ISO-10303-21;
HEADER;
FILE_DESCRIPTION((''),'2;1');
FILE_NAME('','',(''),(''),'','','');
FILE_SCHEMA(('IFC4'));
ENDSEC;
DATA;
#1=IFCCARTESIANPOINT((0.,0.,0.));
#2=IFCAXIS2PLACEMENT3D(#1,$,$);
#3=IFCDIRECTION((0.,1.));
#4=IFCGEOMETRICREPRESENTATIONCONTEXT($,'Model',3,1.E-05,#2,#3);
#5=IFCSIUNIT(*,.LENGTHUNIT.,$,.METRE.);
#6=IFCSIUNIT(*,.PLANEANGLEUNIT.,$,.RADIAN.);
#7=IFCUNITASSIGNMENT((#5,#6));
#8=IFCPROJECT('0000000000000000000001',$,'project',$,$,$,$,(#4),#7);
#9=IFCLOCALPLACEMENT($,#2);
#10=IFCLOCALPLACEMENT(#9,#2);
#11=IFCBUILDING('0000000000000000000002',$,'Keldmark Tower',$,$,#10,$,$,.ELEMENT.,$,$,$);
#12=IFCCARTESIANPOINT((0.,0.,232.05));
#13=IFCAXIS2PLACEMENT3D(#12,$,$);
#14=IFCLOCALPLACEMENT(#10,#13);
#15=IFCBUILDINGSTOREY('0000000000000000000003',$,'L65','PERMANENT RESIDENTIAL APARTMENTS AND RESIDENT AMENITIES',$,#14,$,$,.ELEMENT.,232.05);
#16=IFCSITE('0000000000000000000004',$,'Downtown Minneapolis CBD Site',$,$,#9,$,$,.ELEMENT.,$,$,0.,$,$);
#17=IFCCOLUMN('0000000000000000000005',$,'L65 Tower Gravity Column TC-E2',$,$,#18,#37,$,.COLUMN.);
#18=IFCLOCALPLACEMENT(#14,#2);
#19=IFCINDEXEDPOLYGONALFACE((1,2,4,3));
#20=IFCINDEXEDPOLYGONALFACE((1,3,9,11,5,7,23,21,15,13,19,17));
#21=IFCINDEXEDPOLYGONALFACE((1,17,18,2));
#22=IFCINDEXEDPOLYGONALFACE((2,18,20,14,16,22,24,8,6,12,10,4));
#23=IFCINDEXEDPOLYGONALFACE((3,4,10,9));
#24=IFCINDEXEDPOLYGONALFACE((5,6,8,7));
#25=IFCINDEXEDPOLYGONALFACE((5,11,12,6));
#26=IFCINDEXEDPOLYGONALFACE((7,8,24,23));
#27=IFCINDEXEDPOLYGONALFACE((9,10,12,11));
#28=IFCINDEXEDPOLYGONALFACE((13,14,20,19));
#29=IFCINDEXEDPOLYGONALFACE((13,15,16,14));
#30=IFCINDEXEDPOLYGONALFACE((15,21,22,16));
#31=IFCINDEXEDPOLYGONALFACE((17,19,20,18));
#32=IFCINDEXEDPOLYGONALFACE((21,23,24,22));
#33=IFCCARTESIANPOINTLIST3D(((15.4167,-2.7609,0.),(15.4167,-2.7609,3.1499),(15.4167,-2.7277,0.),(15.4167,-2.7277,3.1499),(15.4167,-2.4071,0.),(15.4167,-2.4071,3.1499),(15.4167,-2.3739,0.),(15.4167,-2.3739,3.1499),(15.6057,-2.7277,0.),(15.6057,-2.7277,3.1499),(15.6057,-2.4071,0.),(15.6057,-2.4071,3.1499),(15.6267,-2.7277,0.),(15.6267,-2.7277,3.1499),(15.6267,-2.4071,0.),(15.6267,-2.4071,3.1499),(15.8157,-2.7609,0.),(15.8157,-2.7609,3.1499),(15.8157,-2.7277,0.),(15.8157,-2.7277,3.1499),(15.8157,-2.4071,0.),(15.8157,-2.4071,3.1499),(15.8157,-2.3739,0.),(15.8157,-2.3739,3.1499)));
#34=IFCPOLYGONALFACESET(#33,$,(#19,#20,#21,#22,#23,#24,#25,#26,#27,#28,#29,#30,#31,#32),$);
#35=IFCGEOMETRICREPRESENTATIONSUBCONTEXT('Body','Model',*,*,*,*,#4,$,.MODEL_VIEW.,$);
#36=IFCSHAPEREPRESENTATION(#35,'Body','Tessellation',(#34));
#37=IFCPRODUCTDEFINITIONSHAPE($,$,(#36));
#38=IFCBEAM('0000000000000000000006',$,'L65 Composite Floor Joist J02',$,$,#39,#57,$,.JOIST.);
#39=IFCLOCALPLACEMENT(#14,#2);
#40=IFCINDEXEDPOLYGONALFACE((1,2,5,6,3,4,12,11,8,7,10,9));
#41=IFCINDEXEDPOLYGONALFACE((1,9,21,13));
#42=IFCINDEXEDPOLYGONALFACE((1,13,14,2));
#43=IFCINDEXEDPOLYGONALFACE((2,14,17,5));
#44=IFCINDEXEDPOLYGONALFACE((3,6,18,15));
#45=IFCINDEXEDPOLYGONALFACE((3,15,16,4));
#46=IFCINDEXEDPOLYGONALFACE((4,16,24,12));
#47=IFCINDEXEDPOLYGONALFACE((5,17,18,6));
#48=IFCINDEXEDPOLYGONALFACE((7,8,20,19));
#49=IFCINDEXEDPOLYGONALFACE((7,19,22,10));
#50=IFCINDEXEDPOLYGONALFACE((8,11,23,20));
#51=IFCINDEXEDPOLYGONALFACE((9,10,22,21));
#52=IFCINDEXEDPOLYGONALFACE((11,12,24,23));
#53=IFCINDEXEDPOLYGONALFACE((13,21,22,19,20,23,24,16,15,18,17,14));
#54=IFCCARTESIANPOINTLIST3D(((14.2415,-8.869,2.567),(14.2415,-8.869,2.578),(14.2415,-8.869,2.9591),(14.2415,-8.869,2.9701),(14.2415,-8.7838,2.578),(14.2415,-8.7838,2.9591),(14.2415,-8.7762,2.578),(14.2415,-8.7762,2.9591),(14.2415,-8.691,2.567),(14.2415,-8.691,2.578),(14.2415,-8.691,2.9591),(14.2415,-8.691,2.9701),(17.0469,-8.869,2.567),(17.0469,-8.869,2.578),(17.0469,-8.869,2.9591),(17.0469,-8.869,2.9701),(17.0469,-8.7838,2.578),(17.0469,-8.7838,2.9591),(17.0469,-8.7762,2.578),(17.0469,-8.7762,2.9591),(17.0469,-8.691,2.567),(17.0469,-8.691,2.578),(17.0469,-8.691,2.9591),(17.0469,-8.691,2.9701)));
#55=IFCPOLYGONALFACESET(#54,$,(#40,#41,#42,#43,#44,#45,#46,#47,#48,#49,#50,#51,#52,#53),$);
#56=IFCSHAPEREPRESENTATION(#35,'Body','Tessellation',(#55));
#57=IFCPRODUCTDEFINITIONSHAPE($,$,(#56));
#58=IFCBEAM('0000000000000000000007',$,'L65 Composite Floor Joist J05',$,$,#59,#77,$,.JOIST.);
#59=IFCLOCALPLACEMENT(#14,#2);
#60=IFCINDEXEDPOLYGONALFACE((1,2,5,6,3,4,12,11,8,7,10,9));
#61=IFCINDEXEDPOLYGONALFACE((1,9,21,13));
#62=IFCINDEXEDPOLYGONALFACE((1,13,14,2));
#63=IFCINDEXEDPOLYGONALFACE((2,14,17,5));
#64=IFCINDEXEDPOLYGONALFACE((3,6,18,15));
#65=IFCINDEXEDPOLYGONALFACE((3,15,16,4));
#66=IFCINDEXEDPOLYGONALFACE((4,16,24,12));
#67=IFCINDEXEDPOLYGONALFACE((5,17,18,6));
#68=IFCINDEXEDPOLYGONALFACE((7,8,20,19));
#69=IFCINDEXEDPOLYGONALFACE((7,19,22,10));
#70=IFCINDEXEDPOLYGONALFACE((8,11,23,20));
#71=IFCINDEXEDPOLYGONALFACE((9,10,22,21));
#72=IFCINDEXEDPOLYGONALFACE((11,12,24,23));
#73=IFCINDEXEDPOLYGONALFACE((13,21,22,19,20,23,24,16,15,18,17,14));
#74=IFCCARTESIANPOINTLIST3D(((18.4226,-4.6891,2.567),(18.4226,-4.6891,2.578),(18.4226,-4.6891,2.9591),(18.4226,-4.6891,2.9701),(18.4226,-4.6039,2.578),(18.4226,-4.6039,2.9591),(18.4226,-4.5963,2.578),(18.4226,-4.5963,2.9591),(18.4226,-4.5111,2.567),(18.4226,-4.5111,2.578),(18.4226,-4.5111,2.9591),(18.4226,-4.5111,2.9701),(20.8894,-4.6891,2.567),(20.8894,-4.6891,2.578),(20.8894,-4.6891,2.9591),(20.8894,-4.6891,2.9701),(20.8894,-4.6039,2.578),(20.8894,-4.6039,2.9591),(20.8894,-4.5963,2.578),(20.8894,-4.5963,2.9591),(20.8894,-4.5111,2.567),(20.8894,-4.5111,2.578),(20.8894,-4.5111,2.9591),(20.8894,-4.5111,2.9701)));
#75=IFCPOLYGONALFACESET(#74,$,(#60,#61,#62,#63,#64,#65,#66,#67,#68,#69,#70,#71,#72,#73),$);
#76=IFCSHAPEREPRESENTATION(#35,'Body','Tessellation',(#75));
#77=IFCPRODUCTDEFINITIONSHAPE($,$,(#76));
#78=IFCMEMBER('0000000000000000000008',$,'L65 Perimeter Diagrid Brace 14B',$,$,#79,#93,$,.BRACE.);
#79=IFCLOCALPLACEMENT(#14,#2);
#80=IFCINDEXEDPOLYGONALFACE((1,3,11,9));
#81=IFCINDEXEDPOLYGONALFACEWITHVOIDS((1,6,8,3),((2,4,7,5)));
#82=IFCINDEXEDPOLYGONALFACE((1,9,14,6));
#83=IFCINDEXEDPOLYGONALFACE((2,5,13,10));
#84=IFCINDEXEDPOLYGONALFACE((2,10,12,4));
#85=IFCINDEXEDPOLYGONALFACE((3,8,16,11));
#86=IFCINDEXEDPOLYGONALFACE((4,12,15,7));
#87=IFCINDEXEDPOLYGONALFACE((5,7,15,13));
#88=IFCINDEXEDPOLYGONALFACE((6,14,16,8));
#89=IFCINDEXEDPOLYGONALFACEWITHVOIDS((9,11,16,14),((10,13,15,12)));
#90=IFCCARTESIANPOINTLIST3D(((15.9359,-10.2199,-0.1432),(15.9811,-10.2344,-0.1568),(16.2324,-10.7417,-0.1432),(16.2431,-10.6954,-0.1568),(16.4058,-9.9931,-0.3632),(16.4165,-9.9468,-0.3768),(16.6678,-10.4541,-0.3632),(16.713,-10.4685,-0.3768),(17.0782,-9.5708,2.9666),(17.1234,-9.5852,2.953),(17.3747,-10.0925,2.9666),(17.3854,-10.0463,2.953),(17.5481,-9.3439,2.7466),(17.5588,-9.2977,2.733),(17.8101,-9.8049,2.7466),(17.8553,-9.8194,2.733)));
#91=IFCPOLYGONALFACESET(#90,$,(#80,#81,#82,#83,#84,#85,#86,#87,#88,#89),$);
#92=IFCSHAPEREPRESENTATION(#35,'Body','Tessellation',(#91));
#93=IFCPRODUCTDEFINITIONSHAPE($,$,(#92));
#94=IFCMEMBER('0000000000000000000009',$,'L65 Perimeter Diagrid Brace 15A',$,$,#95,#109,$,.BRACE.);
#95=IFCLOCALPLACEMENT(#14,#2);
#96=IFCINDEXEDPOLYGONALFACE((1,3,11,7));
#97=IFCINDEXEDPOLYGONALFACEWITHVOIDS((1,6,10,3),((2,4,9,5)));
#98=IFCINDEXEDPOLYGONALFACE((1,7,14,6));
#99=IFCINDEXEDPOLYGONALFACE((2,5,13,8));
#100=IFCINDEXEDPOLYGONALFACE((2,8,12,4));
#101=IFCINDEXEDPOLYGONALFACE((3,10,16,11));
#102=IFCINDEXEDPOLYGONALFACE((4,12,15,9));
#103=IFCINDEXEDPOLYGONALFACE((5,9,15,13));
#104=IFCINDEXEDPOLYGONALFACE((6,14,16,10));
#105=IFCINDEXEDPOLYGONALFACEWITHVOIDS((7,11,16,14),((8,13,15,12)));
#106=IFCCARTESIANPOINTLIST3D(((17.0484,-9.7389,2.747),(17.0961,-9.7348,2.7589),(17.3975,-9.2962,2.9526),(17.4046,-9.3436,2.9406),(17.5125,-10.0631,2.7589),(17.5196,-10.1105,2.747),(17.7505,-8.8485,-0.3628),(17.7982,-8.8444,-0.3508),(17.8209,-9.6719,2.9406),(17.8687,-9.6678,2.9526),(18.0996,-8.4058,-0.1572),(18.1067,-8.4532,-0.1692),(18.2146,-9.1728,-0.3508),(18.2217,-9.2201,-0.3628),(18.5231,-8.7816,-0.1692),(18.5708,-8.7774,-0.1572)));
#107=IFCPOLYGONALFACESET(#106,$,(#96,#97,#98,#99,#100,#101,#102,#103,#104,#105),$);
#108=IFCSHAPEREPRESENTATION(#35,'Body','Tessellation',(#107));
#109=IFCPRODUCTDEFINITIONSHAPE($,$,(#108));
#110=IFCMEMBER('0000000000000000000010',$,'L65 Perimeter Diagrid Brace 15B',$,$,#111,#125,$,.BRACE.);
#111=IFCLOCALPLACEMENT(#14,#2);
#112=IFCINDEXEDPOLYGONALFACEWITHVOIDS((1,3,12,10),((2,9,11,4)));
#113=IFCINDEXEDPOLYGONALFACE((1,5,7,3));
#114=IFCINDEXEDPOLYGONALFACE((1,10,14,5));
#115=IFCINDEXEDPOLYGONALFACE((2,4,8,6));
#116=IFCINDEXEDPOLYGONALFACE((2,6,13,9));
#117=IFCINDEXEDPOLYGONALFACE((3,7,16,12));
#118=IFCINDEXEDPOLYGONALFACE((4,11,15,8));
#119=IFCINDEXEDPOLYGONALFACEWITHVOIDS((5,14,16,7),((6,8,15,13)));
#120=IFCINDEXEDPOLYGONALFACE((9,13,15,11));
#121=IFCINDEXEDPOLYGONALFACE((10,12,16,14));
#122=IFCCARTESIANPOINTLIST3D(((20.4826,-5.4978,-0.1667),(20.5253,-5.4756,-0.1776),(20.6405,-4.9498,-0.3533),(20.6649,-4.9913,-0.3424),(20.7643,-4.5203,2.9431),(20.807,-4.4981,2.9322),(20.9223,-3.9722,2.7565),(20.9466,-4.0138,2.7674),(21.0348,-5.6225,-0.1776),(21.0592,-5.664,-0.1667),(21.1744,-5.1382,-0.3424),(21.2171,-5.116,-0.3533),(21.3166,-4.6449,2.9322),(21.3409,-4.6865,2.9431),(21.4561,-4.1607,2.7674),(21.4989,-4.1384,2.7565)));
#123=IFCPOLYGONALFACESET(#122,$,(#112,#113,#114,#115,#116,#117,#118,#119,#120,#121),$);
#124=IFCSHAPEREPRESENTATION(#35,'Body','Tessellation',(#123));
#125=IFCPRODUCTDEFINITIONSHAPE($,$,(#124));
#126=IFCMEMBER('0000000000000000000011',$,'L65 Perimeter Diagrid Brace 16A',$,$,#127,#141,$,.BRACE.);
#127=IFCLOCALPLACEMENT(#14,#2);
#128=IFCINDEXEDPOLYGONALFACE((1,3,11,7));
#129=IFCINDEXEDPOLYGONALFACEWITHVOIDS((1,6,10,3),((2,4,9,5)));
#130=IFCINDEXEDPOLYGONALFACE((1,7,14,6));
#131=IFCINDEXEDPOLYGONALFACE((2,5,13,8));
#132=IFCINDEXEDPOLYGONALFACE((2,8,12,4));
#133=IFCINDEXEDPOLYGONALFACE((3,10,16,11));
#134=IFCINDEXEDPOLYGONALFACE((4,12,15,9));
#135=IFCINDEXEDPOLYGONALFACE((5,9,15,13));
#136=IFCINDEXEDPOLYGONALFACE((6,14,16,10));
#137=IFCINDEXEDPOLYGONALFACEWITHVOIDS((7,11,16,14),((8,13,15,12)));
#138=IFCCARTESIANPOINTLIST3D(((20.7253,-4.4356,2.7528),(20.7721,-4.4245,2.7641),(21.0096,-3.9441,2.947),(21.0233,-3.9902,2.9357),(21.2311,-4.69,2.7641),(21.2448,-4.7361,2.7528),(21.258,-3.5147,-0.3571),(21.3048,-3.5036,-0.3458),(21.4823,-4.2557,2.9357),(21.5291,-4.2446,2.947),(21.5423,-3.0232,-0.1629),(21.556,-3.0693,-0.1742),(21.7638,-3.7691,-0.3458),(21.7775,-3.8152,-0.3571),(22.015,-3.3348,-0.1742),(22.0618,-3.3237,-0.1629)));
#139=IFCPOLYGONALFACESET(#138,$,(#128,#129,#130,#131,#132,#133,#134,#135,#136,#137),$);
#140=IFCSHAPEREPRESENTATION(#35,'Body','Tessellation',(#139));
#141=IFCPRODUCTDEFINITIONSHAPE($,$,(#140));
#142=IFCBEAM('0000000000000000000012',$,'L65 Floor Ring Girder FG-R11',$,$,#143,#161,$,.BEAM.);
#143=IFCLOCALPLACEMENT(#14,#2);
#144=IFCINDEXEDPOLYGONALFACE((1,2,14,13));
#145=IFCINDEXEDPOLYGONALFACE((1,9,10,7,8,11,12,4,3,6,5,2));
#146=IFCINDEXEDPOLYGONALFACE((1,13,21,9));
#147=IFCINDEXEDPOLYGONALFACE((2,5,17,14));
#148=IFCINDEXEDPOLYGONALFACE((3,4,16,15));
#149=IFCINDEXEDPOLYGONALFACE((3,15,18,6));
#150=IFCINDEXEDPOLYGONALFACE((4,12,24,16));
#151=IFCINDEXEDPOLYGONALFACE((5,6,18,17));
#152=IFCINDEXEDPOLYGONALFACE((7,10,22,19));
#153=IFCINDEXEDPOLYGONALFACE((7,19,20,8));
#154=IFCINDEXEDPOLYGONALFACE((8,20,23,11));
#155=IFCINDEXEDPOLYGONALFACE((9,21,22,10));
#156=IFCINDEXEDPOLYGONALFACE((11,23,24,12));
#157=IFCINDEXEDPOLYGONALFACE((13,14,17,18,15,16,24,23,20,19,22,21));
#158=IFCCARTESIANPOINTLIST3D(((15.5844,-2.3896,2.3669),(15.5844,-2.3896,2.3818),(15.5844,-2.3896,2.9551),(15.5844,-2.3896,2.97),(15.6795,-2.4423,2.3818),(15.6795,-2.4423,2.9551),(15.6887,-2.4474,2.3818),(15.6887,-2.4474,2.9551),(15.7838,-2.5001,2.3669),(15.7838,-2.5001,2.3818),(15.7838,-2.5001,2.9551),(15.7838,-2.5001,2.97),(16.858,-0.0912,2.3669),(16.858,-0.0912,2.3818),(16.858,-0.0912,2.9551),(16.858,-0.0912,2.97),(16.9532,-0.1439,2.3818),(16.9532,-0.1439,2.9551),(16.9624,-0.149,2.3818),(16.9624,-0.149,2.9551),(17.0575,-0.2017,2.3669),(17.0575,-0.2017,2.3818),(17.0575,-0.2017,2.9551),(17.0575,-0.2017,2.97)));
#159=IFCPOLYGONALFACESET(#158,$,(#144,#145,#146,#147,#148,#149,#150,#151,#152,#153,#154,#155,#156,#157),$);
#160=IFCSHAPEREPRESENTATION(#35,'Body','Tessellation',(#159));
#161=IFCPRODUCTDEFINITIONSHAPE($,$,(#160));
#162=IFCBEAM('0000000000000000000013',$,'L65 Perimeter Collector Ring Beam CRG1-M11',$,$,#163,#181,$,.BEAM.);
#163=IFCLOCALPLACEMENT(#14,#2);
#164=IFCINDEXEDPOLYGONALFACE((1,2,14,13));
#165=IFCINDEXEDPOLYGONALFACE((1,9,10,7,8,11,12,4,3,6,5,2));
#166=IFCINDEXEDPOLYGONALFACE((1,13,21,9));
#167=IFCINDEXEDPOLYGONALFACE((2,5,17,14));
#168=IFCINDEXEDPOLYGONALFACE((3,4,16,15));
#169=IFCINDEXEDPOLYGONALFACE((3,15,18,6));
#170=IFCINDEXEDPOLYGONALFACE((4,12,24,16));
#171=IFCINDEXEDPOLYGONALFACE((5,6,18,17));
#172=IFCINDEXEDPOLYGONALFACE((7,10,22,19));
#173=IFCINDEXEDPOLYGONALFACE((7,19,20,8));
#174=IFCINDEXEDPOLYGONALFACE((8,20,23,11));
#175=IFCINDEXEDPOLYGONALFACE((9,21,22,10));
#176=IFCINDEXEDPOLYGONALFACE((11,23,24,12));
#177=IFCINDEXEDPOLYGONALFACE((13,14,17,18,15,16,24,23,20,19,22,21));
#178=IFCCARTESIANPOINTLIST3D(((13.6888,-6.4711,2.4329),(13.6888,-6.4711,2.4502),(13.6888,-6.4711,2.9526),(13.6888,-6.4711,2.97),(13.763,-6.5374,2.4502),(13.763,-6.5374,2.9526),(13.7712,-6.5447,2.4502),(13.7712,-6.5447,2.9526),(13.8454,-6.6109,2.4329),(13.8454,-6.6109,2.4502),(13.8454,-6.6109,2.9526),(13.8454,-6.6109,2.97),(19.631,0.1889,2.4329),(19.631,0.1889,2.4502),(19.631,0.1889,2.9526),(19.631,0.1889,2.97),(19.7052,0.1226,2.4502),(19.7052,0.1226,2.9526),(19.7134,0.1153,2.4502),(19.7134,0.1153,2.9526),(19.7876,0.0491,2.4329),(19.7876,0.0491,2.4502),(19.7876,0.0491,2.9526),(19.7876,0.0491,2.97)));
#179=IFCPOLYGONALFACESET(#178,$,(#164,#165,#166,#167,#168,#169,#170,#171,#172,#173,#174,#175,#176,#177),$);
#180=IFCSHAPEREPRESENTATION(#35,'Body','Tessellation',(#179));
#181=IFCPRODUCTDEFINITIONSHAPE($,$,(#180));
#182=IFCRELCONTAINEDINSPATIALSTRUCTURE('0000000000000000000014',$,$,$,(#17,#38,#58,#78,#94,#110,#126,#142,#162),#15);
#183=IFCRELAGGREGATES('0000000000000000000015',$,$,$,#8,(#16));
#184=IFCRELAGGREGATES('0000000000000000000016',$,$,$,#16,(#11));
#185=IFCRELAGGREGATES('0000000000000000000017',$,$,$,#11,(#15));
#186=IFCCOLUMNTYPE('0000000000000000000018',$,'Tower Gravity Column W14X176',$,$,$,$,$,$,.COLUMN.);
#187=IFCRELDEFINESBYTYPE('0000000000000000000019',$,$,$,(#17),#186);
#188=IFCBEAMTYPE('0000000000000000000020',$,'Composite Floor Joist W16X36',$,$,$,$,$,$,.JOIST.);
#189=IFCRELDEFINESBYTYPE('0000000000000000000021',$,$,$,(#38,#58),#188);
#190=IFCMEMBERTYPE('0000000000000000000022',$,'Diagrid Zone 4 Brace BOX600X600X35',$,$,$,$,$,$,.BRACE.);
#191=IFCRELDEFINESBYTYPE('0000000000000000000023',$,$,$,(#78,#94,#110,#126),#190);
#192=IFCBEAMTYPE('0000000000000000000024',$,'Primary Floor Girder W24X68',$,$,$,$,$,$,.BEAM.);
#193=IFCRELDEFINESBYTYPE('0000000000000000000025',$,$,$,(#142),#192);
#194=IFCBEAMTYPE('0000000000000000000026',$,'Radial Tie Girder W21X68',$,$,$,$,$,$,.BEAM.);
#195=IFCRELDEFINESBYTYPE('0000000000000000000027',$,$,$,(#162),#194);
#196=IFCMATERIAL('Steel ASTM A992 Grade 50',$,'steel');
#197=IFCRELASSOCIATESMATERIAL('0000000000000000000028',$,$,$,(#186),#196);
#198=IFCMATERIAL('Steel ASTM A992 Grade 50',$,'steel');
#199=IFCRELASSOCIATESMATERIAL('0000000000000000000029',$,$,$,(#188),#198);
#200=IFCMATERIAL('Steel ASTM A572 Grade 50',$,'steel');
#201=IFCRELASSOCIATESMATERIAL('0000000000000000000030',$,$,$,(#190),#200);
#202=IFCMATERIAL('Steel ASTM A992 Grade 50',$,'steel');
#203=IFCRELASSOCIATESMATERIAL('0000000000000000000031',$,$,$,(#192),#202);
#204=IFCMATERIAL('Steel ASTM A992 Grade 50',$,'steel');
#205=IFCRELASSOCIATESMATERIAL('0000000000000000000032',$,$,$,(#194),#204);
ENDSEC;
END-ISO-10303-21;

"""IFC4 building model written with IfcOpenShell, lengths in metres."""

from ifc_helpers import new_model, si_unit, direction, frame, origin, origin_2d, place, context, subcontext, project, spatial, hollow_rectangle, i_section, extrude, material, material_profile, profile_set, type_object, element, save


model = new_model("IFC4")

# Units and contexts
model_context = context("Model", 3, precision=1e-05, world=origin(), true_north=direction((0.0, 1.0)))
body_context = subcontext(model_context, "Body", "Model", "MODEL_VIEW")
ifc_project = project(units=[si_unit("LENGTHUNIT", "METRE"), si_unit("PLANEANGLEUNIT", "RADIAN")], contexts=[model_context])

# Site, building, storey
site_placement = place(None, origin())
site = spatial("IfcSite", under=ifc_project, at=site_placement, Name="Downtown Minneapolis CBD Site", CompositionType="ELEMENT", RefElevation=0.0)
building_placement = place(site_placement, origin())
building = spatial("IfcBuilding", under=site, at=building_placement, Name="Keldmark Tower", CompositionType="ELEMENT")
storey_placement = place(building_placement, frame((0.0, 0.0, 232.05)))
storey = spatial("IfcBuildingStorey", under=building, at=storey_placement, Name="L65", Description="PERMANENT RESIDENTIAL APARTMENTS AND RESIDENT AMENITIES", CompositionType="ELEMENT", Elevation=232.05)

# Column
ifc_material_1 = material(Name="Steel ASTM A992 Grade 50", Category="steel")
ifc_material_profile_1 = material_profile(ifc_material_1, i_section(OverallWidth=0.3989, OverallDepth=0.387, WebThickness=0.021, FlangeThickness=0.0332, at=origin_2d()), Name="W14X176")
ifc_profile_set_1 = profile_set([ifc_material_profile_1], Name="Steel ASTM A992 Grade 50")
column_type = type_object("IfcColumnType", Name="Tower Gravity Column W14X176", PredefinedType="COLUMN", material=ifc_profile_set_1)
column_placement = place(storey_placement, frame((15.6162, -2.5674, 0.0), z_axis=(0.0, 0.0, 1.0), x_axis=(1.0, 0.0, 0.0)))
element("IfcColumn", 1, at=column_placement, inside=storey, type_object=column_type, Name="L65 Tower Gravity Column TC-E2", PredefinedType="COLUMN", context=body_context, shape_type="SweptSolid", body=[
    extrude(i_section(OverallWidth=0.3989, OverallDepth=0.387, WebThickness=0.021, FlangeThickness=0.0332, at=origin_2d()), origin(), (0.0, 0.0, 1.0), 3.1499),
])

# Beams
ifc_material_2 = material(Name="Steel ASTM A992 Grade 50", Category="steel")
ifc_material_profile_2 = material_profile(ifc_material_2, i_section(OverallWidth=0.178, OverallDepth=0.4031, WebThickness=0.0076, FlangeThickness=0.011, at=origin_2d()), Name="W16X36")
ifc_profile_set_2 = profile_set([ifc_material_profile_2], Name="Steel ASTM A992 Grade 50")
beam_type_1 = type_object("IfcBeamType", Name="Composite Floor Joist W16X36", PredefinedType="JOIST", material=ifc_profile_set_2)
beam_1_placement = place(storey_placement, frame((14.2415, -8.78, 2.7686), z_axis=(1.0, 0.0, 0.0), x_axis=(0.0, 1.0, 0.0)))
element("IfcBeam", 2, at=beam_1_placement, inside=storey, type_object=beam_type_1, Name="L65 Composite Floor Joist J02", PredefinedType="JOIST", context=body_context, shape_type="SweptSolid", body=[
    extrude(i_section(OverallWidth=0.178, OverallDepth=0.4031, WebThickness=0.0076, FlangeThickness=0.011, at=origin_2d()), origin(), (0.0, 0.0, 1.0), 2.8054),
])
beam_2_placement = place(storey_placement, frame((18.4226, -4.6001, 2.7686), z_axis=(1.0, 0.0, 0.0), x_axis=(0.0, 1.0, 0.0)))
element("IfcBeam", 3, at=beam_2_placement, inside=storey, type_object=beam_type_1, Name="L65 Composite Floor Joist J05", PredefinedType="JOIST", context=body_context, shape_type="SweptSolid", body=[
    extrude(i_section(OverallWidth=0.178, OverallDepth=0.4031, WebThickness=0.0076, FlangeThickness=0.011, at=origin_2d()), origin(), (0.0, 0.0, 1.0), 2.4668),
])

# Members
ifc_material_3 = material(Name="Steel ASTM A572 Grade 50", Category="steel")
ifc_material_profile_3 = material_profile(ifc_material_3, hollow_rectangle(XDim=0.6001, YDim=0.6001, WallThickness=0.0349, at=origin_2d()), Name="BOX600X600X35")
ifc_profile_set_3 = profile_set([ifc_material_profile_3], Name="Steel ASTM A572 Grade 50")
member_type = type_object("IfcMemberType", Name="Diagrid Zone 4 Brace BOX600X600X35", PredefinedType="BRACE", material=ifc_profile_set_3)
member_1_placement = place(storey_placement, frame((16.3245, -10.3442, -0.26), z_axis=(0.338366, 0.192288, 0.921159), x_axis=(-0.494076, 0.869418, 0.0)))
element("IfcMember", 4, at=member_1_placement, inside=storey, type_object=member_type, Name="L65 Perimeter Diagrid Brace 14B", PredefinedType="BRACE", context=body_context, shape_type="SweptSolid", body=[
    extrude(hollow_rectangle(XDim=0.6001, YDim=0.6001, WallThickness=0.0349, at=origin_2d()), origin(), (0.0, 0.0, 1.0), 3.376),
])
member_2_placement = place(storey_placement, frame((18.1606, -8.813, -0.26), z_axis=(-0.21212, -0.268986, 0.939495), x_axis=(0.785219, -0.619218, 0.0)))
element("IfcMember", 5, at=member_2_placement, inside=storey, type_object=member_type, Name="L65 Perimeter Diagrid Brace 15A", PredefinedType="BRACE", context=body_context, shape_type="SweptSolid", body=[
    extrude(hollow_rectangle(XDim=0.6001, YDim=0.6001, WallThickness=0.0349, at=origin_2d()), origin(), (0.0, 0.0, 1.0), 3.3101),
])
member_3_placement = place(storey_placement, frame((20.8499, -5.3069, -0.26), z_axis=(0.086105, 0.298756, 0.950437), x_axis=(-0.960887, 0.276939, 0.0)))
element("IfcMember", 6, at=member_3_placement, inside=storey, type_object=member_type, Name="L65 Perimeter Diagrid Brace 15B", PredefinedType="BRACE", context=body_context, shape_type="SweptSolid", body=[
    extrude(hollow_rectangle(XDim=0.6001, YDim=0.6001, WallThickness=0.0349, at=origin_2d()), origin(), (0.0, 0.0, 1.0), 3.272),
])
member_4_placement = place(storey_placement, frame((21.6599, -3.4192, -0.26), z_axis=(-0.162077, -0.28018, 0.946166), x_axis=(0.865604, -0.500729, 0.0)))
element("IfcMember", 7, at=member_4_placement, inside=storey, type_object=member_type, Name="L65 Perimeter Diagrid Brace 16A", PredefinedType="BRACE", context=body_context, shape_type="SweptSolid", body=[
    extrude(hollow_rectangle(XDim=0.6001, YDim=0.6001, WallThickness=0.0349, at=origin_2d()), origin(), (0.0, 0.0, 1.0), 3.2869),
])

# Beams
ifc_material_4 = material(Name="Steel ASTM A992 Grade 50", Category="steel")
ifc_material_profile_4 = material_profile(ifc_material_4, i_section(OverallWidth=0.228, OverallDepth=0.603, WebThickness=0.0105, FlangeThickness=0.0149, at=origin_2d()), Name="W24X68")
ifc_profile_set_4 = profile_set([ifc_material_profile_4], Name="Steel ASTM A992 Grade 50")
beam_type_2 = type_object("IfcBeamType", Name="Primary Floor Girder W24X68", PredefinedType="BEAM", material=ifc_profile_set_4)
beam_3_placement = place(storey_placement, frame((15.6841, -2.4448, 2.6685), z_axis=(0.48472, 0.87467, 0.0), x_axis=(-0.87467, 0.48472, 0.0)))
element("IfcBeam", 8, at=beam_3_placement, inside=storey, type_object=beam_type_2, Name="L65 Floor Ring Girder FG-R11", PredefinedType="BEAM", context=body_context, shape_type="SweptSolid", body=[
    extrude(i_section(OverallWidth=0.228, OverallDepth=0.603, WebThickness=0.0105, FlangeThickness=0.0149, at=origin_2d()), origin(), (0.0, 0.0, 1.0), 2.6277),
])
ifc_material_5 = material(Name="Steel ASTM A992 Grade 50", Category="steel")
ifc_material_profile_5 = material_profile(ifc_material_5, i_section(OverallWidth=0.21, OverallDepth=0.5371, WebThickness=0.011, FlangeThickness=0.0173, at=origin_2d()), Name="W21X68")
ifc_profile_set_5 = profile_set([ifc_material_profile_5], Name="Steel ASTM A992 Grade 50")
beam_type_3 = type_object("IfcBeamType", Name="Radial Tie Girder W21X68", PredefinedType="BEAM", material=ifc_profile_set_5)
beam_4_placement = place(storey_placement, frame((13.7671, -6.541, 2.7014), z_axis=(0.665753, 0.746172, 0.0), x_axis=(-0.746172, 0.665753, 0.0)))
element("IfcBeam", 9, at=beam_4_placement, inside=storey, type_object=beam_type_3, Name="L65 Perimeter Collector Ring Beam CRG1-M11", PredefinedType="BEAM", context=body_context, shape_type="SweptSolid", body=[
    extrude(i_section(OverallWidth=0.21, OverallDepth=0.5371, WebThickness=0.011, FlangeThickness=0.0173, at=origin_2d()), origin(), (0.0, 0.0, 1.0), 8.9255),
])

save(model, "model.ifc")
